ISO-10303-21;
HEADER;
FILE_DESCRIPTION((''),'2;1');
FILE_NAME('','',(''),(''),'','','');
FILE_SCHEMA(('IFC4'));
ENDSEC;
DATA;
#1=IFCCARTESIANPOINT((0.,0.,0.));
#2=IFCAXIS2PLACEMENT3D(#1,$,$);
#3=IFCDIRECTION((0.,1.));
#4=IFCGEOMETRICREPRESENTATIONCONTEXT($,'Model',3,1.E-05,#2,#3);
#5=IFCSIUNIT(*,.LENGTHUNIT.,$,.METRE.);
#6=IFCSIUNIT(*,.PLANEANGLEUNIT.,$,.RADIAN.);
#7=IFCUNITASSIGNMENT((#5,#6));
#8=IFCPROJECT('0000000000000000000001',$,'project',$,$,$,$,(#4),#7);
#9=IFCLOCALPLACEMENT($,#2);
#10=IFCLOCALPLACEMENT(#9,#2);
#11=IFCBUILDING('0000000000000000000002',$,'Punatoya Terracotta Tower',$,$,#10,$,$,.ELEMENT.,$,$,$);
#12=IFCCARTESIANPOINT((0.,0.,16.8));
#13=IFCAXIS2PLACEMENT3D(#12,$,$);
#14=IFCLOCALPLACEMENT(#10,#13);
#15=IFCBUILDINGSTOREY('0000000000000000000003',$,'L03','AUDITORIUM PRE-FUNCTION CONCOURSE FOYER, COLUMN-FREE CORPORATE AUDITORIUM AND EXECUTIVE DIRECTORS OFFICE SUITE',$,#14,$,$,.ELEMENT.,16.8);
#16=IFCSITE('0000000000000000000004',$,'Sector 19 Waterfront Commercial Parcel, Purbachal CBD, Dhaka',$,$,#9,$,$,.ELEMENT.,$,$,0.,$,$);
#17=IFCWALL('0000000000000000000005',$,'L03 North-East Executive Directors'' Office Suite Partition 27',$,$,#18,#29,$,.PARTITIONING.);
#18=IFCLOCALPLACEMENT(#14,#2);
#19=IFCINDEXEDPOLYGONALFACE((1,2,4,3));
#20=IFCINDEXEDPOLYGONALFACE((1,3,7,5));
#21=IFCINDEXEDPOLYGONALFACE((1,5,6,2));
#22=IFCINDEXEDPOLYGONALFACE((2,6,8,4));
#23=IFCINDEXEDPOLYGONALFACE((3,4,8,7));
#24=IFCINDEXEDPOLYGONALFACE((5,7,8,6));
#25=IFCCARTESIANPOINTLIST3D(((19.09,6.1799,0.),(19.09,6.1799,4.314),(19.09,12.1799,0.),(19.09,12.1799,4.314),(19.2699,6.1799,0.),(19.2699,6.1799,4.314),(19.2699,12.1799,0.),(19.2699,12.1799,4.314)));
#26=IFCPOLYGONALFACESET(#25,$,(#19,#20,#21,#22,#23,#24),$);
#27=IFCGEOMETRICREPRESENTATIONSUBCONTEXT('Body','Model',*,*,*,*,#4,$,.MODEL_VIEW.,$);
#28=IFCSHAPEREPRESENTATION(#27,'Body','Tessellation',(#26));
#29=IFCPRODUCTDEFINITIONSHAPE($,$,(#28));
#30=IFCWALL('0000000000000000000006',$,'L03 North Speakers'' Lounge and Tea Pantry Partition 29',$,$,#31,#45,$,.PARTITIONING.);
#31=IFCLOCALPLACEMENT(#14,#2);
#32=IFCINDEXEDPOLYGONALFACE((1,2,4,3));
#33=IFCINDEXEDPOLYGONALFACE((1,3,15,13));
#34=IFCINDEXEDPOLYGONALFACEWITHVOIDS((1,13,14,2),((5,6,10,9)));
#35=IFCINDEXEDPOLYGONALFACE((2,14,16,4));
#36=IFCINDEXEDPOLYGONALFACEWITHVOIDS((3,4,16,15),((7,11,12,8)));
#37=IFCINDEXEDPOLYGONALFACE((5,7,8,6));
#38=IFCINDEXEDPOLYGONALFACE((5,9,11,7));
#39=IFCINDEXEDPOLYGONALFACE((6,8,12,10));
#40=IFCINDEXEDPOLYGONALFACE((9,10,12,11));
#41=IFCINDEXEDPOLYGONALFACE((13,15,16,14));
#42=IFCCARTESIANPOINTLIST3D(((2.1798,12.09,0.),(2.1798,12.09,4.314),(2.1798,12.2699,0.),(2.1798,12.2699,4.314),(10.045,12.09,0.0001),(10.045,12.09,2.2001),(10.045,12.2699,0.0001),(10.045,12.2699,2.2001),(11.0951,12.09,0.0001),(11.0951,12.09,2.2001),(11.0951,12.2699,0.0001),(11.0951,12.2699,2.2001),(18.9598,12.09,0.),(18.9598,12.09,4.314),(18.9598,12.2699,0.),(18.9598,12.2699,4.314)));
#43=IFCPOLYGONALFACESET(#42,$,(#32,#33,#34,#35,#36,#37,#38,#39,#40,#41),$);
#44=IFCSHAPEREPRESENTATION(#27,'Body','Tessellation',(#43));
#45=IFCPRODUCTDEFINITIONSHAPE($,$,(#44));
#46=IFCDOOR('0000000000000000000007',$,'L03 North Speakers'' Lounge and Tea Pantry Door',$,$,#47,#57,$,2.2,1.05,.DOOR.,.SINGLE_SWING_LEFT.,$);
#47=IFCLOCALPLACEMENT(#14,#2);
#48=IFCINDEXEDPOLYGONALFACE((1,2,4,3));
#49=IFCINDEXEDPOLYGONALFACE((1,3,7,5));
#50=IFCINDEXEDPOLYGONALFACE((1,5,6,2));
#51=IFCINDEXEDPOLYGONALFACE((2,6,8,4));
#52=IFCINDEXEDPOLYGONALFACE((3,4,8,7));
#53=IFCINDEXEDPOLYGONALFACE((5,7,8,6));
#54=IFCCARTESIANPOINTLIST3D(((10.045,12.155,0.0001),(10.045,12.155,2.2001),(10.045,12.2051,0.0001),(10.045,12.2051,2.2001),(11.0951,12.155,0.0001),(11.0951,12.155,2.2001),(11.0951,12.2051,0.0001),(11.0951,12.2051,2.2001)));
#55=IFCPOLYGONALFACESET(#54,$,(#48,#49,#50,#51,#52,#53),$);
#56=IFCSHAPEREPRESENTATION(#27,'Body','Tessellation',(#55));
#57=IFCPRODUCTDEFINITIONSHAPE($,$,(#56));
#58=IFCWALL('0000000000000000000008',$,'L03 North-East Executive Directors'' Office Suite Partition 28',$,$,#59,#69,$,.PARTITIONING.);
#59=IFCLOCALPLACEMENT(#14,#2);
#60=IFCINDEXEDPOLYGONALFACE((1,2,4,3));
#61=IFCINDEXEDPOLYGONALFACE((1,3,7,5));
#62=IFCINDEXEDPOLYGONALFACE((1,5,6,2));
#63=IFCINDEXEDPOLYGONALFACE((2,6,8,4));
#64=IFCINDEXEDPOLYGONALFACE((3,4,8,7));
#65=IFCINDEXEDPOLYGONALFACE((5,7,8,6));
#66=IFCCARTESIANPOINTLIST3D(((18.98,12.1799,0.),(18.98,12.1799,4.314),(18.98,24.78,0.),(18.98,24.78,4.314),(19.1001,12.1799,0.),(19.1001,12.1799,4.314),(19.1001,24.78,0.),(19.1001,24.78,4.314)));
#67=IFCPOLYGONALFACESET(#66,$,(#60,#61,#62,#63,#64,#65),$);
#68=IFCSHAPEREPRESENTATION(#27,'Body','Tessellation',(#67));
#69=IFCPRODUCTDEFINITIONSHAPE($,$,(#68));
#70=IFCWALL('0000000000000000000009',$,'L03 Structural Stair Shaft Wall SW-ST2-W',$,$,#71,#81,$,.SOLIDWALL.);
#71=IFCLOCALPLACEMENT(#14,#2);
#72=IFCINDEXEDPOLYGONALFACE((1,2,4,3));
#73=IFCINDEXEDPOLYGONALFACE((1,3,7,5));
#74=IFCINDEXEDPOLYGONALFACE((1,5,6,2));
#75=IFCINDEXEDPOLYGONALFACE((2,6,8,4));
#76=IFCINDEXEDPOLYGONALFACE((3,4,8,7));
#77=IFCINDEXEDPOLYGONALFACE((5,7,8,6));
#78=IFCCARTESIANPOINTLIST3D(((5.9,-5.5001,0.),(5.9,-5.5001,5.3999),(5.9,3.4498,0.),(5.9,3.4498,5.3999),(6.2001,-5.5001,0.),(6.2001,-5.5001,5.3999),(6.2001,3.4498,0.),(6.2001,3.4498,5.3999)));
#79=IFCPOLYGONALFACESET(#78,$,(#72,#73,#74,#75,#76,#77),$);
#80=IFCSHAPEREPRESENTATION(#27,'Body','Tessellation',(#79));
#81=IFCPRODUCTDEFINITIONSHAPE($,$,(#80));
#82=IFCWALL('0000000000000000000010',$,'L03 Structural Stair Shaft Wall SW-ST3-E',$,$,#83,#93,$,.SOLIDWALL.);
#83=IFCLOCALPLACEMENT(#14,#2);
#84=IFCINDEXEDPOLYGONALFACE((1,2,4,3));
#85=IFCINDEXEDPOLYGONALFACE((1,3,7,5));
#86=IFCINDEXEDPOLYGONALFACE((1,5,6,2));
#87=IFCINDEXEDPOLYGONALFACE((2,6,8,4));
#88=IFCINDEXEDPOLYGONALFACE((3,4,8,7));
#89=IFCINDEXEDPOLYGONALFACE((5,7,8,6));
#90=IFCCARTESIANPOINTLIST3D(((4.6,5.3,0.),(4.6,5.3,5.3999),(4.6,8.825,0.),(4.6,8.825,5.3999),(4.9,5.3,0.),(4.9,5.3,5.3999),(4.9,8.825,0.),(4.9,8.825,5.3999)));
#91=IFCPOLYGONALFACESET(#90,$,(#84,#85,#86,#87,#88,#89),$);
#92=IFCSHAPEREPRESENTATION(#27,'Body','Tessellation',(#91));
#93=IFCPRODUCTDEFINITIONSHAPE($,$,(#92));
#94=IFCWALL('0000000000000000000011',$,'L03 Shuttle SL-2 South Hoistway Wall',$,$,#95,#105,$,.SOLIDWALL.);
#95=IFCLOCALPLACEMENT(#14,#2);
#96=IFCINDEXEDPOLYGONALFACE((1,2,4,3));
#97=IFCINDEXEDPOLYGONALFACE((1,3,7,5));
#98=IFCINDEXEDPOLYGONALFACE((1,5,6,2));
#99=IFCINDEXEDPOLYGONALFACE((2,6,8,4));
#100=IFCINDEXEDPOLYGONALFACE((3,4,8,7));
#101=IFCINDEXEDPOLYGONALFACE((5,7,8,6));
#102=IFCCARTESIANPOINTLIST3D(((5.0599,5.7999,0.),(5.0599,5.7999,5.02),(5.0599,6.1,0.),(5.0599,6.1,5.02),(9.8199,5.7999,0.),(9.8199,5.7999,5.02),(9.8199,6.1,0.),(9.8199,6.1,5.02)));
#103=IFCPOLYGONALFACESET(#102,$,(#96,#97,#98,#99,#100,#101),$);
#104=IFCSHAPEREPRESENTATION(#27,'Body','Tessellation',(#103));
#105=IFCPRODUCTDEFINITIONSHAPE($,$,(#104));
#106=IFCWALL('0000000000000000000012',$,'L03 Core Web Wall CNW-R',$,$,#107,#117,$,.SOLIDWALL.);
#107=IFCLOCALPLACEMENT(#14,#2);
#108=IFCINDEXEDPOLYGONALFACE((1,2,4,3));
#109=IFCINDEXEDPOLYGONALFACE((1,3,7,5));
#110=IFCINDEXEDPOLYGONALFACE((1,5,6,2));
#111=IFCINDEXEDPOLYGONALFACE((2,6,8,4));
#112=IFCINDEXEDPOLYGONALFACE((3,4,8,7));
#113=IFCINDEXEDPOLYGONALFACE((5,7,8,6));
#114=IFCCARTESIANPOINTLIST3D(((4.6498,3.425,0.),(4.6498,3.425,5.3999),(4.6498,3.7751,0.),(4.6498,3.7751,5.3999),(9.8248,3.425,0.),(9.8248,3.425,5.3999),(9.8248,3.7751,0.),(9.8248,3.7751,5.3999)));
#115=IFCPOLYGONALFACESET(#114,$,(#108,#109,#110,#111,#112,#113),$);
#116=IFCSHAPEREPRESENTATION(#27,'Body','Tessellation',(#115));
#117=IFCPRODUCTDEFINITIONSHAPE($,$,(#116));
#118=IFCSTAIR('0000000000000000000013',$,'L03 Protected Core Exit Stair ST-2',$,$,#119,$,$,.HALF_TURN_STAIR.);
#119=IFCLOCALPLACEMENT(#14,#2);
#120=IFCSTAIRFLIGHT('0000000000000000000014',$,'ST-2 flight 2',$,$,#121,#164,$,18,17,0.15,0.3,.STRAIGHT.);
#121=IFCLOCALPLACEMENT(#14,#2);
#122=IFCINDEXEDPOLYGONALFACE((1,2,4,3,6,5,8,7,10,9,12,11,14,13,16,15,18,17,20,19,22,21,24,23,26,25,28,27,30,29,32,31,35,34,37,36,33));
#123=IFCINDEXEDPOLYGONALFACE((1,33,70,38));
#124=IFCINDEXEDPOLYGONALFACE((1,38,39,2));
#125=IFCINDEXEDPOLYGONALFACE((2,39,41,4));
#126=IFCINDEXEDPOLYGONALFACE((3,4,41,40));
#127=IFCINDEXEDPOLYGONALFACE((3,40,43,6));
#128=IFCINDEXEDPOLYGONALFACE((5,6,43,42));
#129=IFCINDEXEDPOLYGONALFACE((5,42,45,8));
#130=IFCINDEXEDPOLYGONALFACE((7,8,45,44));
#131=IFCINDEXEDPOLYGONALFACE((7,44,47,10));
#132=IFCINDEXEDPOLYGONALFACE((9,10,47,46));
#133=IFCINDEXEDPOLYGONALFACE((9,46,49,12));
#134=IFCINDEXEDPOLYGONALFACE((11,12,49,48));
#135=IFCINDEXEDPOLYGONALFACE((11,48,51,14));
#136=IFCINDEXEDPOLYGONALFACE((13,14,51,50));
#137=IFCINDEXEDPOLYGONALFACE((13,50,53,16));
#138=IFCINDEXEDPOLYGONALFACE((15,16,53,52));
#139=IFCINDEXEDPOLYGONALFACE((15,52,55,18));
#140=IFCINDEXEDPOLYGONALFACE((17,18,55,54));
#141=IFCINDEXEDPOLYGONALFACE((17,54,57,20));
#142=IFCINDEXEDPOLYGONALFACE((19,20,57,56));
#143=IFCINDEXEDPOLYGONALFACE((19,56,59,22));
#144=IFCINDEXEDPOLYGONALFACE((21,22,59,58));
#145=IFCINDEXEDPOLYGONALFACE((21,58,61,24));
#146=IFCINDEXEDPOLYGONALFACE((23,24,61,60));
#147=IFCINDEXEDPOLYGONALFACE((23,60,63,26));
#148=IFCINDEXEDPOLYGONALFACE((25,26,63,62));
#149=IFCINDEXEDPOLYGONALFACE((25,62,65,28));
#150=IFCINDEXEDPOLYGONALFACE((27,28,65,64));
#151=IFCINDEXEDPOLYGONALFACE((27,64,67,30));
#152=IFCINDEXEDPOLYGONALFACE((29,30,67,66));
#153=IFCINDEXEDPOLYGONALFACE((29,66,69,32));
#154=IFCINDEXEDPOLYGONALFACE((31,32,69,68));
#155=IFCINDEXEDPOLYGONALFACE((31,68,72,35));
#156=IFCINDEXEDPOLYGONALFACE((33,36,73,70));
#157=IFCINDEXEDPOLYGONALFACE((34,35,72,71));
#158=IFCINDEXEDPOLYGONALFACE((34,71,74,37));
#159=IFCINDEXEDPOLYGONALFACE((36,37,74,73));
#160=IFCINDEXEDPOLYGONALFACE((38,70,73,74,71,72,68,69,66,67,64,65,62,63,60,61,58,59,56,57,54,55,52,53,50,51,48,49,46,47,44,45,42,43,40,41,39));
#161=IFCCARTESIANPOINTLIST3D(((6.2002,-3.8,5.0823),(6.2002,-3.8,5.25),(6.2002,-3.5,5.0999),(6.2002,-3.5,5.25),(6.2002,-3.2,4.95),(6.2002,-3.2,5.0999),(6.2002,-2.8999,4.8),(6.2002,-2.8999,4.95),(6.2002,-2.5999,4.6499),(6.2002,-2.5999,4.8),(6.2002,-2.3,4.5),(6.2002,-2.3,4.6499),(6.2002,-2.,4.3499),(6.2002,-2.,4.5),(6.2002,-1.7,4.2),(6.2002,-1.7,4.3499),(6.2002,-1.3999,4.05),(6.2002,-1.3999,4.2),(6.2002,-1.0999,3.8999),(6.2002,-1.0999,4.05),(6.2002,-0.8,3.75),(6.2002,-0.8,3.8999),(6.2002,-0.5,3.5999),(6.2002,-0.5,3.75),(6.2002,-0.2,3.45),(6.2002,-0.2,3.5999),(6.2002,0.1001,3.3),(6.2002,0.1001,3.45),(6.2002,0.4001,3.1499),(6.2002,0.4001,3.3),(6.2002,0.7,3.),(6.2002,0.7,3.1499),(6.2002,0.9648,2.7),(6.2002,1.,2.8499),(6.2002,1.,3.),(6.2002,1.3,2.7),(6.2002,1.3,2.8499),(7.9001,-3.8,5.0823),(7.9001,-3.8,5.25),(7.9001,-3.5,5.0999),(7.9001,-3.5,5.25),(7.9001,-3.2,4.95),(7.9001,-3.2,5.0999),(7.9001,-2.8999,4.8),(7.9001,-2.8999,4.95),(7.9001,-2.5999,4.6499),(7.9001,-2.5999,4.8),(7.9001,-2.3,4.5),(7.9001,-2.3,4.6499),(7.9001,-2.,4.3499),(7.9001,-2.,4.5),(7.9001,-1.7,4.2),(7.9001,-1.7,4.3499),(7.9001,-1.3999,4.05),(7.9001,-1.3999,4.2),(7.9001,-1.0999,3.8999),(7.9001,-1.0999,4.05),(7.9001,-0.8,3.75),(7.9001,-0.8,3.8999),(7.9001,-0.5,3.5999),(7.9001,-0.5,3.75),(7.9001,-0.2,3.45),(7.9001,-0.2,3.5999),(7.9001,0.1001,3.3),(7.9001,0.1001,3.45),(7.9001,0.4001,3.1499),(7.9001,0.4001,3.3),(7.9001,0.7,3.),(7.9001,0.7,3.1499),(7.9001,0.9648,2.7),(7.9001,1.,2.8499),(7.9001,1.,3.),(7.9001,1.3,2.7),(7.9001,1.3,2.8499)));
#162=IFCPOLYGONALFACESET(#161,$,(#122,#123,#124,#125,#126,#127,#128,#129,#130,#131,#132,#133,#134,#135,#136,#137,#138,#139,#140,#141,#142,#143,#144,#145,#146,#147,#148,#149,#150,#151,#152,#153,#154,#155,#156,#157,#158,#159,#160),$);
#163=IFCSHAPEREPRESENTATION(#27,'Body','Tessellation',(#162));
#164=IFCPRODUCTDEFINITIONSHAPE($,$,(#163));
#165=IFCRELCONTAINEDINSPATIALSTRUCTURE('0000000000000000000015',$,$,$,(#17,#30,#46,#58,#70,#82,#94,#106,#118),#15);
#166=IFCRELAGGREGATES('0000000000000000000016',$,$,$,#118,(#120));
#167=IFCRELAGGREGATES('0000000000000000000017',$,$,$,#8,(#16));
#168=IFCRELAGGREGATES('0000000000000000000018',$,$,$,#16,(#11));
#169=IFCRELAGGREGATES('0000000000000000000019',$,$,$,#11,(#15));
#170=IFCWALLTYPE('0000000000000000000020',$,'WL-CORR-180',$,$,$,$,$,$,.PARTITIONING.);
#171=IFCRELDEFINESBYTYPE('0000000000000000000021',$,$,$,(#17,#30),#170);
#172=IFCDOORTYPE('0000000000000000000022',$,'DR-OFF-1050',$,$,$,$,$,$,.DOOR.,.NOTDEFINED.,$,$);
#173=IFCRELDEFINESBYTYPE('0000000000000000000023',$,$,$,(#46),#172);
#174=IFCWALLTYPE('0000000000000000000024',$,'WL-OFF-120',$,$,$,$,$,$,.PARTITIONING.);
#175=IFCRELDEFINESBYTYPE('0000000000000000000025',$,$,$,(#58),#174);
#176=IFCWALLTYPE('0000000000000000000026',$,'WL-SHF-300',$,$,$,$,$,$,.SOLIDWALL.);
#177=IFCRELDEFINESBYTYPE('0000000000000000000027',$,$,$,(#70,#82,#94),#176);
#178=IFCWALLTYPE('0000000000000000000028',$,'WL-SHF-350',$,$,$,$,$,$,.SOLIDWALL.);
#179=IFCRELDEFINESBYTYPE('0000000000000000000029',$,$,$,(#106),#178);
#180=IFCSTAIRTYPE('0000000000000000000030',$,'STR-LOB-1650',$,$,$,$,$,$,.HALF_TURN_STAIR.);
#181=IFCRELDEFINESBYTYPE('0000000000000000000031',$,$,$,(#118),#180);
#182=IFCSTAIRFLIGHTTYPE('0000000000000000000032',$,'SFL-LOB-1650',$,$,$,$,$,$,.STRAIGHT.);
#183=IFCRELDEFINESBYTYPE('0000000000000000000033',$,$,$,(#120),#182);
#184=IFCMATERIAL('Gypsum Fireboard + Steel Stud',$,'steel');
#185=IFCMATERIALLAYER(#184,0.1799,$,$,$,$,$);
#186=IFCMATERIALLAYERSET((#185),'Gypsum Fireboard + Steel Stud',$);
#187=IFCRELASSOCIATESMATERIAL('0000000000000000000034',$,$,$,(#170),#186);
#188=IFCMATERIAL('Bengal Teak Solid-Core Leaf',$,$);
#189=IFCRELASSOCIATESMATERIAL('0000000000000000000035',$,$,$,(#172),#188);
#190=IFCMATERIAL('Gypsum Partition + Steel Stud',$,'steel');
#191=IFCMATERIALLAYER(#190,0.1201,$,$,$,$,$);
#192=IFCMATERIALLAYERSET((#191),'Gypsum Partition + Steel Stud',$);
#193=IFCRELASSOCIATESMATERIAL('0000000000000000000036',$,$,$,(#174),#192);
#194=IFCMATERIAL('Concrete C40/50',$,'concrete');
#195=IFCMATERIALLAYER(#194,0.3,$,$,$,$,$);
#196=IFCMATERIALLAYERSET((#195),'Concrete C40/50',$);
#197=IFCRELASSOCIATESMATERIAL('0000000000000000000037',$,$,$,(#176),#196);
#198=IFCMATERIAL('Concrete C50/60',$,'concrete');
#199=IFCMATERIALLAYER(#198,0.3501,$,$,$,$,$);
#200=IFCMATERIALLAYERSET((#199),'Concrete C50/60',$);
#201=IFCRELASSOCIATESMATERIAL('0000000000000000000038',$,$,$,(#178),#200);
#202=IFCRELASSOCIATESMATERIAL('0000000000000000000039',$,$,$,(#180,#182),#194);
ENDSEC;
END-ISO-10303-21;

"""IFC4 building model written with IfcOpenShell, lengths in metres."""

from ifc_helpers import new_model, si_unit, direction, frame, frame_2d, origin, place, context, subcontext, project, spatial, polyline, rectangle, outline, extrude, material, layer, layer_set, type_object, element, fill, aggregate, save


model = new_model("IFC4")

# Units and contexts
model_context = context("Model", 3, precision=1e-05, world=origin(), true_north=direction((0.0, 1.0)))
body_context = subcontext(model_context, "Body", "Model", "MODEL_VIEW")
ifc_project = project(units=[si_unit("LENGTHUNIT", "METRE"), si_unit("PLANEANGLEUNIT", "RADIAN")], contexts=[model_context])

# Site, building, storey
site_placement = place(None, origin())
site = spatial("IfcSite", under=ifc_project, at=site_placement, Name="Sector 19 Waterfront Commercial Parcel, Purbachal CBD, Dhaka", CompositionType="ELEMENT", RefElevation=0.0)
building_placement = place(site_placement, origin())
building = spatial("IfcBuilding", under=site, at=building_placement, Name="Punatoya Terracotta Tower", CompositionType="ELEMENT")
storey_placement = place(building_placement, frame((0.0, 0.0, 16.8)))
storey = spatial("IfcBuildingStorey", under=building, at=storey_placement, Name="L03", Description="AUDITORIUM PRE-FUNCTION CONCOURSE FOYER, COLUMN-FREE CORPORATE AUDITORIUM AND EXECUTIVE DIRECTORS OFFICE SUITE", CompositionType="ELEMENT", Elevation=16.8)

# Shared definitions
ifc_material_1 = material(Name="Concrete C50/60", Category="concrete")

# Wall
ifc_material_2 = material(Name="Gypsum Fireboard + Steel Stud", Category="steel")
ifc_layer_1 = layer(ifc_material_2, 0.1799)
ifc_layer_set_1 = layer_set([ifc_layer_1], Name="Gypsum Fireboard + Steel Stud")
wall_type_1 = type_object("IfcWallType", Name="WL-CORR-180", PredefinedType="PARTITIONING", material=ifc_layer_set_1)
wall_1_placement = place(storey_placement, frame((19.1799, 6.1799, 0.0), z_axis=(0.0, 0.0, 1.0), x_axis=(0.0, 1.0, 0.0)))
element("IfcWall", 1, at=wall_1_placement, inside=storey, type_object=wall_type_1, Name="L03 North-East Executive Directors' Office Suite Partition 27", PredefinedType="PARTITIONING", context=body_context, shape_type="SweptSolid", body=[
    extrude(rectangle(XDim=6.0, YDim=0.1799, at=frame_2d((3.0, 0.0))), origin(), (0.0, 0.0, 1.0), 4.314),
])

# Wall, opening, door
wall_2_placement = place(storey_placement, frame((18.96, 12.1799, 0.0), z_axis=(0.0, 0.0, 1.0), x_axis=(-1.0, 0.0, 0.0)))
wall_2 = element("IfcWall", 2, at=wall_2_placement, inside=storey, type_object=wall_type_1, Name="L03 North Speakers' Lounge and Tea Pantry Partition 29", PredefinedType="PARTITIONING", context=body_context, shape_type="SweptSolid", body=[
    extrude(rectangle(XDim=16.78, YDim=0.1799, at=frame_2d((8.3901, 0.0))), origin(), (0.0, 0.0, 1.0), 4.314),
])
opening_1_placement = place(wall_2_placement, frame((7.865, 0.0, 0.0)))
opening_1 = element("IfcOpeningElement", 3, at=opening_1_placement, cuts=wall_2, PredefinedType="OPENING", context=body_context, shape_type="SweptSolid", body=[
    extrude(rectangle(XDim=1.05, YDim=2.2, at=frame_2d((0.5249, 1.1001))), frame((0.0, 0.0999, 0.0), z_axis=(0.0, -1.0, 0.0), x_axis=(1.0, 0.0, 0.0)), (0.0, 0.0, 1.0), 0.2),
])
ifc_material_3 = material(Name="Bengal Teak Solid-Core Leaf")
door_type_1 = type_object("IfcDoorType", Name="DR-OFF-1050", OperationType="NOTDEFINED", PredefinedType="DOOR", material=ifc_material_3)
door_1_placement = place(opening_1_placement, origin())
door_1 = element("IfcDoor", 4, at=door_1_placement, inside=storey, type_object=door_type_1, Name="L03 North Speakers' Lounge and Tea Pantry Door", OperationType="SINGLE_SWING_LEFT", OverallHeight=2.2, OverallWidth=1.05, PredefinedType="DOOR", context=body_context, shape_type="SweptSolid", body=[
    extrude(rectangle(XDim=1.05, YDim=2.2, at=frame_2d((0.5249, 1.1001))), frame((0.0, 0.0249, 0.0), z_axis=(0.0, -1.0, 0.0), x_axis=(1.0, 0.0, 0.0)), (0.0, 0.0, 1.0), 0.05),
])
fill(opening_1, door_1)

# Walls
ifc_material_4 = material(Name="Gypsum Partition + Steel Stud", Category="steel")
ifc_layer_2 = layer(ifc_material_4, 0.1201)
ifc_layer_set_2 = layer_set([ifc_layer_2], Name="Gypsum Partition + Steel Stud")
wall_type_2 = type_object("IfcWallType", Name="WL-OFF-120", PredefinedType="PARTITIONING", material=ifc_layer_set_2)
wall_3_placement = place(storey_placement, frame((19.04, 12.1799, 0.0), z_axis=(0.0, 0.0, 1.0), x_axis=(0.0, 1.0, 0.0)))
element("IfcWall", 5, at=wall_3_placement, inside=storey, type_object=wall_type_2, Name="L03 North-East Executive Directors' Office Suite Partition 28", PredefinedType="PARTITIONING", context=body_context, shape_type="SweptSolid", body=[
    extrude(rectangle(XDim=12.6001, YDim=0.1201, at=frame_2d((6.3, 0.0))), origin(), (0.0, 0.0, 1.0), 4.314),
])
ifc_material_5 = material(Name="Concrete C40/50", Category="concrete")
ifc_layer_3 = layer(ifc_material_5, 0.3)
ifc_layer_set_3 = layer_set([ifc_layer_3], Name="Concrete C40/50")
wall_type_3 = type_object("IfcWallType", Name="WL-SHF-300", PredefinedType="SOLIDWALL", material=ifc_layer_set_3)
wall_4_placement = place(storey_placement, frame((6.05, 3.45, 0.0), z_axis=(0.0, 0.0, 1.0), x_axis=(0.0, -1.0, 0.0)))
element("IfcWall", 6, at=wall_4_placement, inside=storey, type_object=wall_type_3, Name="L03 Structural Stair Shaft Wall SW-ST2-W", PredefinedType="SOLIDWALL", context=body_context, shape_type="SweptSolid", body=[
    extrude(rectangle(XDim=8.95, YDim=0.3, at=frame_2d((4.4751, 0.0))), origin(), (0.0, 0.0, 1.0), 5.3999),
])
wall_5_placement = place(storey_placement, frame((4.75, 8.825, 0.0), z_axis=(0.0, 0.0, 1.0), x_axis=(0.0, -1.0, 0.0)))
element("IfcWall", 7, at=wall_5_placement, inside=storey, type_object=wall_type_3, Name="L03 Structural Stair Shaft Wall SW-ST3-E", PredefinedType="SOLIDWALL", context=body_context, shape_type="SweptSolid", body=[
    extrude(rectangle(XDim=3.5249, YDim=0.3, at=frame_2d((1.7625, 0.0))), origin(), (0.0, 0.0, 1.0), 5.3999),
])
wall_6_placement = place(storey_placement, frame((5.0601, 5.95, 0.0), z_axis=(0.0, 0.0, 1.0), x_axis=(1.0, 0.0, 0.0)))
element("IfcWall", 8, at=wall_6_placement, inside=storey, type_object=wall_type_3, Name="L03 Shuttle SL-2 South Hoistway Wall", PredefinedType="SOLIDWALL", context=body_context, shape_type="SweptSolid", body=[
    extrude(rectangle(XDim=4.76, YDim=0.3, at=frame_2d((2.3799, 0.0))), origin(), (0.0, 0.0, 1.0), 5.02),
])
ifc_layer_4 = layer(ifc_material_1, 0.3501)
ifc_layer_set_4 = layer_set([ifc_layer_4], Name="Concrete C50/60")
wall_type_4 = type_object("IfcWallType", Name="WL-SHF-350", PredefinedType="SOLIDWALL", material=ifc_layer_set_4)
wall_7_placement = place(storey_placement, frame((4.6499, 3.6001, 0.0), z_axis=(0.0, 0.0, 1.0), x_axis=(1.0, 0.0, 0.0)))
element("IfcWall", 9, at=wall_7_placement, inside=storey, type_object=wall_type_4, Name="L03 Core Web Wall CNW-R", PredefinedType="SOLIDWALL", context=body_context, shape_type="SweptSolid", body=[
    extrude(rectangle(XDim=5.175, YDim=0.3501, at=frame_2d((2.5874, 0.0))), origin(), (0.0, 0.0, 1.0), 5.3999),
])

# Stair, stair flight
stair_type = type_object("IfcStairType", Name="STR-LOB-1650", PredefinedType="HALF_TURN_STAIR", material=ifc_material_5)
stair_placement = place(storey_placement, origin())
stair = element("IfcStair", 10, at=stair_placement, inside=storey, type_object=stair_type, Name="L03 Protected Core Exit Stair ST-2", PredefinedType="HALF_TURN_STAIR")
stair_flight_type = type_object("IfcStairFlightType", Name="SFL-LOB-1650", PredefinedType="STRAIGHT", material=ifc_material_5)
stair_flight_placement = place(storey_placement, frame((7.05, 1.3, 2.7), z_axis=(0.0, 0.0, 1.0), x_axis=(0.0, -1.0, 0.0)))
stair_flight = element("IfcStairFlight", 11, at=stair_flight_placement, type_object=stair_flight_type, Name="ST-2 flight 2", NumberOfRisers=18, NumberOfTreads=17, PredefinedType="STRAIGHT", RiserHeight=0.15, TreadLength=0.3, context=body_context, shape_type="SweptSolid", body=[
    extrude(outline(polyline([(0.0, 0.0), (0.0, 0.1499), (0.3, 0.1499), (0.3, 0.3), (0.6001, 0.3), (0.6001, 0.45), (0.8999, 0.45), (0.8999, 0.6001), (1.2, 0.6001), (1.2, 0.75), (1.5, 0.75), (1.5, 0.8999), (1.8, 0.8999), (1.8, 1.05), (2.1001, 1.05), (2.1001, 1.2), (2.3999, 1.2), (2.3999, 1.3501), (2.7, 1.3501), (2.7, 1.5), (3.0, 1.5), (3.0, 1.6499), (3.3, 1.6499), (3.3, 1.8), (3.6001, 1.8), (3.6001, 1.95), (3.8999, 1.95), (3.8999, 2.1001), (4.2, 2.1001), (4.2, 2.25), (4.5, 2.25), (4.5, 2.3999), (4.8, 2.3999), (4.8, 2.55), (5.1001, 2.55), (5.1001, 2.7), (5.1001, 2.3823), (0.3352, 0.0), (0.0, 0.0)])), frame((0.0, 0.8501, 0.0), z_axis=(0.0, -1.0, 0.0), x_axis=(1.0, 0.0, 0.0)), (0.0, 0.0, 1.0), 1.7),
])
aggregate(stair, [stair_flight])

save(model, "model.ifc")
